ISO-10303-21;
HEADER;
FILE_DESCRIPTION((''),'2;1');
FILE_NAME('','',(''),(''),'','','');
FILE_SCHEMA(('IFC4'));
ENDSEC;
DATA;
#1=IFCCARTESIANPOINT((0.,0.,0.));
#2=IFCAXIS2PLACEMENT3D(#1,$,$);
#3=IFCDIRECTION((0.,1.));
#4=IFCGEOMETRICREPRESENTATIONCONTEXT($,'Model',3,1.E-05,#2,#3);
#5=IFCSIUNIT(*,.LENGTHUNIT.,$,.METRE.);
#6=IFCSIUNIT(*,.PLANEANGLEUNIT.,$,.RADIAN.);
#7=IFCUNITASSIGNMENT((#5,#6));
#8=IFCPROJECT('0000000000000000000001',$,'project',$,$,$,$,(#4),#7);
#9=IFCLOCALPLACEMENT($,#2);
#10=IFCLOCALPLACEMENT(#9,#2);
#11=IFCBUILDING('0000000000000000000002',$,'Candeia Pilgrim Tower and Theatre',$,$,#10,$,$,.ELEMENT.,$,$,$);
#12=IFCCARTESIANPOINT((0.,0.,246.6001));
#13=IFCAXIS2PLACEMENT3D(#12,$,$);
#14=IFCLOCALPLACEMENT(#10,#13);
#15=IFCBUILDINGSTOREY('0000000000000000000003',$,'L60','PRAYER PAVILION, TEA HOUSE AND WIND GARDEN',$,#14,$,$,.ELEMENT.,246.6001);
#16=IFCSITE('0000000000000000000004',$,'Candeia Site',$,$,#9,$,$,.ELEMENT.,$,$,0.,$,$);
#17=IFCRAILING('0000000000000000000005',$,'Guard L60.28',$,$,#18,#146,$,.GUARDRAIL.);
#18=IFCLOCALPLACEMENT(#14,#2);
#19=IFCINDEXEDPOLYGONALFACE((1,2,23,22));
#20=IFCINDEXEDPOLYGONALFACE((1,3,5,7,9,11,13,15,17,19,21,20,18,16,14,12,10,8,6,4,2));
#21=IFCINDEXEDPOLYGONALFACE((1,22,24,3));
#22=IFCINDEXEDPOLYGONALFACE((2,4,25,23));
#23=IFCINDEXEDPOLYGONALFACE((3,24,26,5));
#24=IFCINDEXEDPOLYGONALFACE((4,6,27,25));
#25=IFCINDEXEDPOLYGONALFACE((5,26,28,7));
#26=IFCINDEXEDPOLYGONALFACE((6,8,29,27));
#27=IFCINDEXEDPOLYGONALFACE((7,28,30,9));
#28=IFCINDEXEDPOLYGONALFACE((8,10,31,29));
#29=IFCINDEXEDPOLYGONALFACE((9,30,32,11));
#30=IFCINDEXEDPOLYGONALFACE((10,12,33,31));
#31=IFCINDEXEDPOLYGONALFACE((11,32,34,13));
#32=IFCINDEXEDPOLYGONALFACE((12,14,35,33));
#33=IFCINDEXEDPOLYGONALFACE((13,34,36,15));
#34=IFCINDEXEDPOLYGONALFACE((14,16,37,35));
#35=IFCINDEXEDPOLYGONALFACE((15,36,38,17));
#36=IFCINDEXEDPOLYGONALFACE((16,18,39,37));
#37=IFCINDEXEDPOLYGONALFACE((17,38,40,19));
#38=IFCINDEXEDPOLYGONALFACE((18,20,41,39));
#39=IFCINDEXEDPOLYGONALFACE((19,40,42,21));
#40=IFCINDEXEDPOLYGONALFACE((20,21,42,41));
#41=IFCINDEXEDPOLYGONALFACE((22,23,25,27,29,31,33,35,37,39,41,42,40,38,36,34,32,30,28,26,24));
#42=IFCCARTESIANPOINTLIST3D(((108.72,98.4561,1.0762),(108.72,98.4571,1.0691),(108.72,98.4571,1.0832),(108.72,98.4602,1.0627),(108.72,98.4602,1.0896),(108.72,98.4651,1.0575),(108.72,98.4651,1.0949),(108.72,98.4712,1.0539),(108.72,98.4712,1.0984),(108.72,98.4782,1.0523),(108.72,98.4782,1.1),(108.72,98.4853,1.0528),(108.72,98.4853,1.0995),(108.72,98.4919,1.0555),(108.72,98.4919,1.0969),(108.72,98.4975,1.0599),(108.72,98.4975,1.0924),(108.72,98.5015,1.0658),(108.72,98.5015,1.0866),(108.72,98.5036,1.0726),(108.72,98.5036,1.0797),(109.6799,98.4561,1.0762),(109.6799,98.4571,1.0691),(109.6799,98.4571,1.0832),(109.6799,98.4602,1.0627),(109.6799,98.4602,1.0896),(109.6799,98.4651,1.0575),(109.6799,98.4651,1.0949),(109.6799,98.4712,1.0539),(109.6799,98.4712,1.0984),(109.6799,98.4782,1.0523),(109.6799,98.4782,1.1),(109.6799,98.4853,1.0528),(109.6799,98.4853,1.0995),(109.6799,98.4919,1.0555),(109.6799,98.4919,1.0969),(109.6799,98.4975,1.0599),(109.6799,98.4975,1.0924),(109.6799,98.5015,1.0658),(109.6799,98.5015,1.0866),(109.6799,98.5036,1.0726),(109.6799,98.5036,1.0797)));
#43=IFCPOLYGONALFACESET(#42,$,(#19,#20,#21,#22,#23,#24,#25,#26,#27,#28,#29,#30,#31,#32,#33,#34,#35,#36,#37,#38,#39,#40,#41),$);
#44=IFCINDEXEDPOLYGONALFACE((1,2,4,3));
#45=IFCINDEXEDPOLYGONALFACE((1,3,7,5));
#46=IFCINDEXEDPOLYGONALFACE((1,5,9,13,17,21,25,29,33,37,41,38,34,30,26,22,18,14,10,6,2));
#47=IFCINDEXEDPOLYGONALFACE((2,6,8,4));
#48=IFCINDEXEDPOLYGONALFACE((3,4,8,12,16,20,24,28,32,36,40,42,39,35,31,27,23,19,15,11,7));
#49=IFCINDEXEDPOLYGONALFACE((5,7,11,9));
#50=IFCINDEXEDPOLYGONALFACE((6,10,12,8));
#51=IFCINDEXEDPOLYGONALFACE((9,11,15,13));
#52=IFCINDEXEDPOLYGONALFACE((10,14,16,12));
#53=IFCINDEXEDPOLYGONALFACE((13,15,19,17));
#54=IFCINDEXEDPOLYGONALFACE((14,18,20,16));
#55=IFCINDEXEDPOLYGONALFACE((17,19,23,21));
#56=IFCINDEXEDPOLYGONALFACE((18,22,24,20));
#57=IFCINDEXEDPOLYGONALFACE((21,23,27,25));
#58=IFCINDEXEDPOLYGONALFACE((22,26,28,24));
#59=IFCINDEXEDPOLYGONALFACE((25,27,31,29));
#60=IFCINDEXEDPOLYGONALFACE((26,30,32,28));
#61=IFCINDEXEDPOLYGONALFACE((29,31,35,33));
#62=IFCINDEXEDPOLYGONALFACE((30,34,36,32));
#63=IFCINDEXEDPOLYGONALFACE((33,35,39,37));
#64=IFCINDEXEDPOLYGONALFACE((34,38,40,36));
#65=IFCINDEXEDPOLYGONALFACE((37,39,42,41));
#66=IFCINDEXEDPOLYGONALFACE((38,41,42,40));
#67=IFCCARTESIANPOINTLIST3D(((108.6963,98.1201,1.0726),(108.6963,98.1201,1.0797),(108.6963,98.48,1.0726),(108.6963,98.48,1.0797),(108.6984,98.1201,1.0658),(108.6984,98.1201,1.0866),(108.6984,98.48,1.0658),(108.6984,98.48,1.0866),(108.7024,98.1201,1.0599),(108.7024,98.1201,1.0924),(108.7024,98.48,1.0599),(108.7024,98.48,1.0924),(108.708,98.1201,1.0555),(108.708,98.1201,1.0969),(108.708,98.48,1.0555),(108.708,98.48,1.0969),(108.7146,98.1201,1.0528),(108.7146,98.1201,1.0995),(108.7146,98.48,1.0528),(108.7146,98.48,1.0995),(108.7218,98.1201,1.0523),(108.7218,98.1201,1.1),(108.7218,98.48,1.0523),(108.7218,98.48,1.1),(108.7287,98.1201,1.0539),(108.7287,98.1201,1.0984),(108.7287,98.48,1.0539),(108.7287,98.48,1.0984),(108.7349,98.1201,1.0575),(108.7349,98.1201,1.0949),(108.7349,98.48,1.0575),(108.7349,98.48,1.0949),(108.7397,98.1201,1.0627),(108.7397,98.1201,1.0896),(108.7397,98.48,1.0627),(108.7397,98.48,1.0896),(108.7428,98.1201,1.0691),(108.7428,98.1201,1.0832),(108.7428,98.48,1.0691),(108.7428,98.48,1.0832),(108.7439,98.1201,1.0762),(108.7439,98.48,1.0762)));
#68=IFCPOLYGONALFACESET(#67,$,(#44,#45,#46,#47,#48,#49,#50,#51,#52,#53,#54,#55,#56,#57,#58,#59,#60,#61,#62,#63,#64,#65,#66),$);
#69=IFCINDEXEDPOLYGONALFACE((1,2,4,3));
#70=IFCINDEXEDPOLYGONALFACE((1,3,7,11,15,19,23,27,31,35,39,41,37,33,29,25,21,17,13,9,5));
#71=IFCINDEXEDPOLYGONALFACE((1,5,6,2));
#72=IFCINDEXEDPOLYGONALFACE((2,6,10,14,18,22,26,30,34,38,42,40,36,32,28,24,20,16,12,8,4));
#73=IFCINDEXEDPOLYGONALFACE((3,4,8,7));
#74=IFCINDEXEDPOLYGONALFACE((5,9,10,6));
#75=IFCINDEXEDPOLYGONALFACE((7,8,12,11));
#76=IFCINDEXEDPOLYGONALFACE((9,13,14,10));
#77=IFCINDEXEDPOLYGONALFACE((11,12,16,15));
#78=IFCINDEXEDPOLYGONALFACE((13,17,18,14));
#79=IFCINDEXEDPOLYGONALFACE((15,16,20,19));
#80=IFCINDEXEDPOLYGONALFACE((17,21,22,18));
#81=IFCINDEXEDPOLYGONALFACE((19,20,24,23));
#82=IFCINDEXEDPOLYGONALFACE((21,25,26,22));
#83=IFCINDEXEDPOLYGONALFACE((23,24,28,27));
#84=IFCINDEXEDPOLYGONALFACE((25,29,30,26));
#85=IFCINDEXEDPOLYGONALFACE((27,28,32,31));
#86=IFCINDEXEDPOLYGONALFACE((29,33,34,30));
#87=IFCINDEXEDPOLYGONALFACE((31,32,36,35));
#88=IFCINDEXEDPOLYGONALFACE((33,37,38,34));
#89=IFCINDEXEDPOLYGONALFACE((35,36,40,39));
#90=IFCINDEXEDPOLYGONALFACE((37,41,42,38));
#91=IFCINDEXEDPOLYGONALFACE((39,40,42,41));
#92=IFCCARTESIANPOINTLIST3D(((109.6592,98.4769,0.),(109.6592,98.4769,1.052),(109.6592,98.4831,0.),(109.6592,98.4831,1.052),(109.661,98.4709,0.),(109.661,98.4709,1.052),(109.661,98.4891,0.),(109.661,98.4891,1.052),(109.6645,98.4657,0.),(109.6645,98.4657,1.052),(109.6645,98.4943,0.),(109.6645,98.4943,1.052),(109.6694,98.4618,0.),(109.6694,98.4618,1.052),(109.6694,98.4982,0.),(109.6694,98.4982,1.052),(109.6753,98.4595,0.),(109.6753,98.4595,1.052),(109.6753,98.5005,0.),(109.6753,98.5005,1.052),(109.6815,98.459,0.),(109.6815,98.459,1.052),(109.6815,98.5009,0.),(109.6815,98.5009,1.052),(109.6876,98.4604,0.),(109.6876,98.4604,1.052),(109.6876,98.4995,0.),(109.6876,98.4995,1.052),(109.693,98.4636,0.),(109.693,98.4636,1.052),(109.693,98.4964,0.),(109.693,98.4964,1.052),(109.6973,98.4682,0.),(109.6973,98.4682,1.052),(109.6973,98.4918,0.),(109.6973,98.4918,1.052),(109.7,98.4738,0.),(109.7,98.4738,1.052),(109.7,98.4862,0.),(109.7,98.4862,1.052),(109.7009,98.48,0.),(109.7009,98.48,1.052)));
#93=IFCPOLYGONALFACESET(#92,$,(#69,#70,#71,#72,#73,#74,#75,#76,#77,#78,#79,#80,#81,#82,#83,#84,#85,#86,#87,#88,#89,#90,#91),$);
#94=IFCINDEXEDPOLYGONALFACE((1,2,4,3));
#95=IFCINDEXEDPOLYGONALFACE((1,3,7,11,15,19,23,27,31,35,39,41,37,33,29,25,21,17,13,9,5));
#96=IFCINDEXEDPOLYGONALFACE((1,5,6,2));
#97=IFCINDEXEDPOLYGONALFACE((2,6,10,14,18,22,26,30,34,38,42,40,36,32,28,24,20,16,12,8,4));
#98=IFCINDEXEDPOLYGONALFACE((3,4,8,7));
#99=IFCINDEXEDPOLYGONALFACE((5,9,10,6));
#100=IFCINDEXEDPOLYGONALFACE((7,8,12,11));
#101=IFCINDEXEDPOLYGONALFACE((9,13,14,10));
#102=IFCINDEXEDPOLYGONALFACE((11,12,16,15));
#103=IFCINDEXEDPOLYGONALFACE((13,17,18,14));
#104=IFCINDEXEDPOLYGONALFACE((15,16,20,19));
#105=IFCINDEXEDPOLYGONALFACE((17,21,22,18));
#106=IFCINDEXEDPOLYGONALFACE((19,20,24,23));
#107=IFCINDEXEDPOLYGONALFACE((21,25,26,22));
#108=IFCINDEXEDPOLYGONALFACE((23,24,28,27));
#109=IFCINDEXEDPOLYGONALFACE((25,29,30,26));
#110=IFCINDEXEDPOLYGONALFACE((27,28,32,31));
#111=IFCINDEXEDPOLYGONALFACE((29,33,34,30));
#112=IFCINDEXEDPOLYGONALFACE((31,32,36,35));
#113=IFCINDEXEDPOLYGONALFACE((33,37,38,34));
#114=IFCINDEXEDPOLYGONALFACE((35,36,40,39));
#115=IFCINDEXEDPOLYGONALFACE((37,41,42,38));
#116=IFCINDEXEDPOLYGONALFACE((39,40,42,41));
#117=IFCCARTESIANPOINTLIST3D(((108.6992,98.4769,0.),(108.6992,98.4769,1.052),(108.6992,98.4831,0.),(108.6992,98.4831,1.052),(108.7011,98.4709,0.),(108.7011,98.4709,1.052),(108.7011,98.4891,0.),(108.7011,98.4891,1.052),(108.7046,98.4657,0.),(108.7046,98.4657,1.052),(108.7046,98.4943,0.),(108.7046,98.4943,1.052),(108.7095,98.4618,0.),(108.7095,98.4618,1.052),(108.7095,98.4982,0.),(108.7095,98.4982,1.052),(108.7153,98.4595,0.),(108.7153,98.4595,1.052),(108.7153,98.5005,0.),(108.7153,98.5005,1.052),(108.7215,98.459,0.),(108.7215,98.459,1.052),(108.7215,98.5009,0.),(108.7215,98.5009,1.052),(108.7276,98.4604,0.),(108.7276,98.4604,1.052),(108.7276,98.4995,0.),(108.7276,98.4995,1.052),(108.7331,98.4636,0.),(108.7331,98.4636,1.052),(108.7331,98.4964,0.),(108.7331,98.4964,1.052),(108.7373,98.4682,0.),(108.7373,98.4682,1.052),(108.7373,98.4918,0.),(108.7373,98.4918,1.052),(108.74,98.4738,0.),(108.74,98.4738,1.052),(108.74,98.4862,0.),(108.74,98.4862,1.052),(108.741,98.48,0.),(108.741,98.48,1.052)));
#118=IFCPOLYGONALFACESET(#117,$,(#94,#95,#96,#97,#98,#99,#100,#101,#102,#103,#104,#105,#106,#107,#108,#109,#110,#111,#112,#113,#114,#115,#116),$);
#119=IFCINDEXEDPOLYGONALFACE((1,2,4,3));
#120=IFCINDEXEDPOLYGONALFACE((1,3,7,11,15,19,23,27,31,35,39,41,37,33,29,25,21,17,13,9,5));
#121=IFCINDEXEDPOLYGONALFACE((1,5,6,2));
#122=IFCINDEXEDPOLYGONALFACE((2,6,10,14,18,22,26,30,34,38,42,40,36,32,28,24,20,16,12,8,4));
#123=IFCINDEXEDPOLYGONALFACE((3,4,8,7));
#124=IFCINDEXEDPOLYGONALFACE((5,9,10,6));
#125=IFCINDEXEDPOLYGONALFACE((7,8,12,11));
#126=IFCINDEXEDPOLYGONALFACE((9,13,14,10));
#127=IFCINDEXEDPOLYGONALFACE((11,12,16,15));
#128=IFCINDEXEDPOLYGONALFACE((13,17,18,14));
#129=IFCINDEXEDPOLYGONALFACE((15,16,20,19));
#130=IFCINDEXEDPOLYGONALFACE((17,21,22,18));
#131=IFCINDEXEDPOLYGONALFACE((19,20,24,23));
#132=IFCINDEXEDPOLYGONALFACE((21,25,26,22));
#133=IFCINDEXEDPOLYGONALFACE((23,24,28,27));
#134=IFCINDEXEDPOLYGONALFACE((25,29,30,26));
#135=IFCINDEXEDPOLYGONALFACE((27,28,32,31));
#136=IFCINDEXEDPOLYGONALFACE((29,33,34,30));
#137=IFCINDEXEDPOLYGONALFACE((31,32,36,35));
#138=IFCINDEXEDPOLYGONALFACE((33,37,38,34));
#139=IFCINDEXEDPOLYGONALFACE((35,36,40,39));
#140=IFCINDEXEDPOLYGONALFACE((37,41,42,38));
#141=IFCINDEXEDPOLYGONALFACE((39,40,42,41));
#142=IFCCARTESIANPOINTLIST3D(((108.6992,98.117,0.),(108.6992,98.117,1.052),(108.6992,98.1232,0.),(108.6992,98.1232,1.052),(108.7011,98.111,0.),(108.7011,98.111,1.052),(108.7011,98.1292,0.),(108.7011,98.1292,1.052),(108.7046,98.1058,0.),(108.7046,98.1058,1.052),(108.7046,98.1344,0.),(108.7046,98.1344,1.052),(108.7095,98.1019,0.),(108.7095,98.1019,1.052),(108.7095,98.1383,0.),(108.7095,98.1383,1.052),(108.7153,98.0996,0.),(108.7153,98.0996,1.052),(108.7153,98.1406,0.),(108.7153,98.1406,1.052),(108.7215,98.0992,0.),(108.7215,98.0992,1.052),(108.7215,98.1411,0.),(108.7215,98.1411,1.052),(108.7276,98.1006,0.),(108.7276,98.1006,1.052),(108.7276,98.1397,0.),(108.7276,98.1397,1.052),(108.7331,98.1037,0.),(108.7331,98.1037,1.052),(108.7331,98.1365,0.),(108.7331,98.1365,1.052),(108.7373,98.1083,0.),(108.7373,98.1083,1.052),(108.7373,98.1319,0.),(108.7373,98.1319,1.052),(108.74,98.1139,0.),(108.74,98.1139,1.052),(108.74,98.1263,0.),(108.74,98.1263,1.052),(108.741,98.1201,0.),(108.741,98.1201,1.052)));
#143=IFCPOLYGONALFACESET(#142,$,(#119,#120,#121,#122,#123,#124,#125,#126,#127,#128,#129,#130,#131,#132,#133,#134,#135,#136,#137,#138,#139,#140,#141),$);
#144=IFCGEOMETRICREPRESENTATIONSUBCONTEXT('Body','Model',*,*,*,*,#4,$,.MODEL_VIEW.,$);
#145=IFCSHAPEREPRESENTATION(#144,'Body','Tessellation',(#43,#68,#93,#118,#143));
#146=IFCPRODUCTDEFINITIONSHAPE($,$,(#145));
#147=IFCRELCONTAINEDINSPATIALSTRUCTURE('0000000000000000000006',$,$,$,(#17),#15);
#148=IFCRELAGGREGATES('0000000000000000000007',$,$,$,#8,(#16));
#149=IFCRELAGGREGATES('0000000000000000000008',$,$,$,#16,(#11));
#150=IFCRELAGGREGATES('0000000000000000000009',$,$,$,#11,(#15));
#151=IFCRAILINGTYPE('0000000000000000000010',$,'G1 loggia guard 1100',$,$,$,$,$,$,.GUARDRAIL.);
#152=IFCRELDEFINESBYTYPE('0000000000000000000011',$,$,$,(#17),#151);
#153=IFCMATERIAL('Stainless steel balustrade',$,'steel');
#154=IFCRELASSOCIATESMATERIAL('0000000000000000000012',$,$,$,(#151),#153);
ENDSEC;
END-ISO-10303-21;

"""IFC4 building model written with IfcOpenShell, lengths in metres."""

from ifc_helpers import new_model, si_unit, direction, frame, origin, origin_2d, place, context, subcontext, project, spatial, circle, extrude, material, type_object, element, save


model = new_model("IFC4")

# Units and contexts
model_context = context("Model", 3, precision=1e-05, world=origin(), true_north=direction((0.0, 1.0)))
body_context = subcontext(model_context, "Body", "Model", "MODEL_VIEW")
ifc_project = project(units=[si_unit("LENGTHUNIT", "METRE"), si_unit("PLANEANGLEUNIT", "RADIAN")], contexts=[model_context])

# Site, building, storey
site_placement = place(None, origin())
site = spatial("IfcSite", under=ifc_project, at=site_placement, Name="Candeia Site", CompositionType="ELEMENT", RefElevation=0.0)
building_placement = place(site_placement, origin())
building = spatial("IfcBuilding", under=site, at=building_placement, Name="Candeia Pilgrim Tower and Theatre", CompositionType="ELEMENT")
storey_placement = place(building_placement, frame((0.0, 0.0, 246.6001)))
storey = spatial("IfcBuildingStorey", under=building, at=storey_placement, Name="L60", Description="PRAYER PAVILION, TEA HOUSE AND WIND GARDEN", CompositionType="ELEMENT", Elevation=246.6001)

# Railing
ifc_material_1 = material(Name="Stainless steel balustrade", Category="steel")
railing_type = type_object("IfcRailingType", Name="G1 loggia guard 1100", PredefinedType="GUARDRAIL", material=ifc_material_1)
railing_1_placement = place(storey_placement, frame((109.6799, 98.48, 0.0)))
element("IfcRailing", 1, at=railing_1_placement, inside=storey, type_object=railing_type, Name="Guard L60.28", PredefinedType="GUARDRAIL", context=body_context, shape_type="SweptSolid", body=[
    extrude(circle(Radius=0.0239, at=origin_2d()), frame((0.0, 0.0, 1.0762), z_axis=(-1.0, 0.0, 0.0), x_axis=(0.0, -1.0, 0.0)), (0.0, 0.0, 1.0), 0.96),
    extrude(circle(Radius=0.0239, at=origin_2d()), frame((-0.96, 0.0, 1.0762), z_axis=(0.0, -1.0, 0.0), x_axis=(1.0, 0.0, 0.0)), (0.0, 0.0, 1.0), 0.3599),
    extrude(circle(Radius=0.021, at=origin_2d()), origin(), (0.0, 0.0, 1.0), 1.052),
    extrude(circle(Radius=0.021, at=origin_2d()), frame((-0.96, 0.0, 0.0)), (0.0, 0.0, 1.0), 1.052),
    extrude(circle(Radius=0.021, at=origin_2d()), frame((-0.96, -0.3599, 0.0)), (0.0, 0.0, 1.0), 1.052),
])

save(model, "model.ifc")
